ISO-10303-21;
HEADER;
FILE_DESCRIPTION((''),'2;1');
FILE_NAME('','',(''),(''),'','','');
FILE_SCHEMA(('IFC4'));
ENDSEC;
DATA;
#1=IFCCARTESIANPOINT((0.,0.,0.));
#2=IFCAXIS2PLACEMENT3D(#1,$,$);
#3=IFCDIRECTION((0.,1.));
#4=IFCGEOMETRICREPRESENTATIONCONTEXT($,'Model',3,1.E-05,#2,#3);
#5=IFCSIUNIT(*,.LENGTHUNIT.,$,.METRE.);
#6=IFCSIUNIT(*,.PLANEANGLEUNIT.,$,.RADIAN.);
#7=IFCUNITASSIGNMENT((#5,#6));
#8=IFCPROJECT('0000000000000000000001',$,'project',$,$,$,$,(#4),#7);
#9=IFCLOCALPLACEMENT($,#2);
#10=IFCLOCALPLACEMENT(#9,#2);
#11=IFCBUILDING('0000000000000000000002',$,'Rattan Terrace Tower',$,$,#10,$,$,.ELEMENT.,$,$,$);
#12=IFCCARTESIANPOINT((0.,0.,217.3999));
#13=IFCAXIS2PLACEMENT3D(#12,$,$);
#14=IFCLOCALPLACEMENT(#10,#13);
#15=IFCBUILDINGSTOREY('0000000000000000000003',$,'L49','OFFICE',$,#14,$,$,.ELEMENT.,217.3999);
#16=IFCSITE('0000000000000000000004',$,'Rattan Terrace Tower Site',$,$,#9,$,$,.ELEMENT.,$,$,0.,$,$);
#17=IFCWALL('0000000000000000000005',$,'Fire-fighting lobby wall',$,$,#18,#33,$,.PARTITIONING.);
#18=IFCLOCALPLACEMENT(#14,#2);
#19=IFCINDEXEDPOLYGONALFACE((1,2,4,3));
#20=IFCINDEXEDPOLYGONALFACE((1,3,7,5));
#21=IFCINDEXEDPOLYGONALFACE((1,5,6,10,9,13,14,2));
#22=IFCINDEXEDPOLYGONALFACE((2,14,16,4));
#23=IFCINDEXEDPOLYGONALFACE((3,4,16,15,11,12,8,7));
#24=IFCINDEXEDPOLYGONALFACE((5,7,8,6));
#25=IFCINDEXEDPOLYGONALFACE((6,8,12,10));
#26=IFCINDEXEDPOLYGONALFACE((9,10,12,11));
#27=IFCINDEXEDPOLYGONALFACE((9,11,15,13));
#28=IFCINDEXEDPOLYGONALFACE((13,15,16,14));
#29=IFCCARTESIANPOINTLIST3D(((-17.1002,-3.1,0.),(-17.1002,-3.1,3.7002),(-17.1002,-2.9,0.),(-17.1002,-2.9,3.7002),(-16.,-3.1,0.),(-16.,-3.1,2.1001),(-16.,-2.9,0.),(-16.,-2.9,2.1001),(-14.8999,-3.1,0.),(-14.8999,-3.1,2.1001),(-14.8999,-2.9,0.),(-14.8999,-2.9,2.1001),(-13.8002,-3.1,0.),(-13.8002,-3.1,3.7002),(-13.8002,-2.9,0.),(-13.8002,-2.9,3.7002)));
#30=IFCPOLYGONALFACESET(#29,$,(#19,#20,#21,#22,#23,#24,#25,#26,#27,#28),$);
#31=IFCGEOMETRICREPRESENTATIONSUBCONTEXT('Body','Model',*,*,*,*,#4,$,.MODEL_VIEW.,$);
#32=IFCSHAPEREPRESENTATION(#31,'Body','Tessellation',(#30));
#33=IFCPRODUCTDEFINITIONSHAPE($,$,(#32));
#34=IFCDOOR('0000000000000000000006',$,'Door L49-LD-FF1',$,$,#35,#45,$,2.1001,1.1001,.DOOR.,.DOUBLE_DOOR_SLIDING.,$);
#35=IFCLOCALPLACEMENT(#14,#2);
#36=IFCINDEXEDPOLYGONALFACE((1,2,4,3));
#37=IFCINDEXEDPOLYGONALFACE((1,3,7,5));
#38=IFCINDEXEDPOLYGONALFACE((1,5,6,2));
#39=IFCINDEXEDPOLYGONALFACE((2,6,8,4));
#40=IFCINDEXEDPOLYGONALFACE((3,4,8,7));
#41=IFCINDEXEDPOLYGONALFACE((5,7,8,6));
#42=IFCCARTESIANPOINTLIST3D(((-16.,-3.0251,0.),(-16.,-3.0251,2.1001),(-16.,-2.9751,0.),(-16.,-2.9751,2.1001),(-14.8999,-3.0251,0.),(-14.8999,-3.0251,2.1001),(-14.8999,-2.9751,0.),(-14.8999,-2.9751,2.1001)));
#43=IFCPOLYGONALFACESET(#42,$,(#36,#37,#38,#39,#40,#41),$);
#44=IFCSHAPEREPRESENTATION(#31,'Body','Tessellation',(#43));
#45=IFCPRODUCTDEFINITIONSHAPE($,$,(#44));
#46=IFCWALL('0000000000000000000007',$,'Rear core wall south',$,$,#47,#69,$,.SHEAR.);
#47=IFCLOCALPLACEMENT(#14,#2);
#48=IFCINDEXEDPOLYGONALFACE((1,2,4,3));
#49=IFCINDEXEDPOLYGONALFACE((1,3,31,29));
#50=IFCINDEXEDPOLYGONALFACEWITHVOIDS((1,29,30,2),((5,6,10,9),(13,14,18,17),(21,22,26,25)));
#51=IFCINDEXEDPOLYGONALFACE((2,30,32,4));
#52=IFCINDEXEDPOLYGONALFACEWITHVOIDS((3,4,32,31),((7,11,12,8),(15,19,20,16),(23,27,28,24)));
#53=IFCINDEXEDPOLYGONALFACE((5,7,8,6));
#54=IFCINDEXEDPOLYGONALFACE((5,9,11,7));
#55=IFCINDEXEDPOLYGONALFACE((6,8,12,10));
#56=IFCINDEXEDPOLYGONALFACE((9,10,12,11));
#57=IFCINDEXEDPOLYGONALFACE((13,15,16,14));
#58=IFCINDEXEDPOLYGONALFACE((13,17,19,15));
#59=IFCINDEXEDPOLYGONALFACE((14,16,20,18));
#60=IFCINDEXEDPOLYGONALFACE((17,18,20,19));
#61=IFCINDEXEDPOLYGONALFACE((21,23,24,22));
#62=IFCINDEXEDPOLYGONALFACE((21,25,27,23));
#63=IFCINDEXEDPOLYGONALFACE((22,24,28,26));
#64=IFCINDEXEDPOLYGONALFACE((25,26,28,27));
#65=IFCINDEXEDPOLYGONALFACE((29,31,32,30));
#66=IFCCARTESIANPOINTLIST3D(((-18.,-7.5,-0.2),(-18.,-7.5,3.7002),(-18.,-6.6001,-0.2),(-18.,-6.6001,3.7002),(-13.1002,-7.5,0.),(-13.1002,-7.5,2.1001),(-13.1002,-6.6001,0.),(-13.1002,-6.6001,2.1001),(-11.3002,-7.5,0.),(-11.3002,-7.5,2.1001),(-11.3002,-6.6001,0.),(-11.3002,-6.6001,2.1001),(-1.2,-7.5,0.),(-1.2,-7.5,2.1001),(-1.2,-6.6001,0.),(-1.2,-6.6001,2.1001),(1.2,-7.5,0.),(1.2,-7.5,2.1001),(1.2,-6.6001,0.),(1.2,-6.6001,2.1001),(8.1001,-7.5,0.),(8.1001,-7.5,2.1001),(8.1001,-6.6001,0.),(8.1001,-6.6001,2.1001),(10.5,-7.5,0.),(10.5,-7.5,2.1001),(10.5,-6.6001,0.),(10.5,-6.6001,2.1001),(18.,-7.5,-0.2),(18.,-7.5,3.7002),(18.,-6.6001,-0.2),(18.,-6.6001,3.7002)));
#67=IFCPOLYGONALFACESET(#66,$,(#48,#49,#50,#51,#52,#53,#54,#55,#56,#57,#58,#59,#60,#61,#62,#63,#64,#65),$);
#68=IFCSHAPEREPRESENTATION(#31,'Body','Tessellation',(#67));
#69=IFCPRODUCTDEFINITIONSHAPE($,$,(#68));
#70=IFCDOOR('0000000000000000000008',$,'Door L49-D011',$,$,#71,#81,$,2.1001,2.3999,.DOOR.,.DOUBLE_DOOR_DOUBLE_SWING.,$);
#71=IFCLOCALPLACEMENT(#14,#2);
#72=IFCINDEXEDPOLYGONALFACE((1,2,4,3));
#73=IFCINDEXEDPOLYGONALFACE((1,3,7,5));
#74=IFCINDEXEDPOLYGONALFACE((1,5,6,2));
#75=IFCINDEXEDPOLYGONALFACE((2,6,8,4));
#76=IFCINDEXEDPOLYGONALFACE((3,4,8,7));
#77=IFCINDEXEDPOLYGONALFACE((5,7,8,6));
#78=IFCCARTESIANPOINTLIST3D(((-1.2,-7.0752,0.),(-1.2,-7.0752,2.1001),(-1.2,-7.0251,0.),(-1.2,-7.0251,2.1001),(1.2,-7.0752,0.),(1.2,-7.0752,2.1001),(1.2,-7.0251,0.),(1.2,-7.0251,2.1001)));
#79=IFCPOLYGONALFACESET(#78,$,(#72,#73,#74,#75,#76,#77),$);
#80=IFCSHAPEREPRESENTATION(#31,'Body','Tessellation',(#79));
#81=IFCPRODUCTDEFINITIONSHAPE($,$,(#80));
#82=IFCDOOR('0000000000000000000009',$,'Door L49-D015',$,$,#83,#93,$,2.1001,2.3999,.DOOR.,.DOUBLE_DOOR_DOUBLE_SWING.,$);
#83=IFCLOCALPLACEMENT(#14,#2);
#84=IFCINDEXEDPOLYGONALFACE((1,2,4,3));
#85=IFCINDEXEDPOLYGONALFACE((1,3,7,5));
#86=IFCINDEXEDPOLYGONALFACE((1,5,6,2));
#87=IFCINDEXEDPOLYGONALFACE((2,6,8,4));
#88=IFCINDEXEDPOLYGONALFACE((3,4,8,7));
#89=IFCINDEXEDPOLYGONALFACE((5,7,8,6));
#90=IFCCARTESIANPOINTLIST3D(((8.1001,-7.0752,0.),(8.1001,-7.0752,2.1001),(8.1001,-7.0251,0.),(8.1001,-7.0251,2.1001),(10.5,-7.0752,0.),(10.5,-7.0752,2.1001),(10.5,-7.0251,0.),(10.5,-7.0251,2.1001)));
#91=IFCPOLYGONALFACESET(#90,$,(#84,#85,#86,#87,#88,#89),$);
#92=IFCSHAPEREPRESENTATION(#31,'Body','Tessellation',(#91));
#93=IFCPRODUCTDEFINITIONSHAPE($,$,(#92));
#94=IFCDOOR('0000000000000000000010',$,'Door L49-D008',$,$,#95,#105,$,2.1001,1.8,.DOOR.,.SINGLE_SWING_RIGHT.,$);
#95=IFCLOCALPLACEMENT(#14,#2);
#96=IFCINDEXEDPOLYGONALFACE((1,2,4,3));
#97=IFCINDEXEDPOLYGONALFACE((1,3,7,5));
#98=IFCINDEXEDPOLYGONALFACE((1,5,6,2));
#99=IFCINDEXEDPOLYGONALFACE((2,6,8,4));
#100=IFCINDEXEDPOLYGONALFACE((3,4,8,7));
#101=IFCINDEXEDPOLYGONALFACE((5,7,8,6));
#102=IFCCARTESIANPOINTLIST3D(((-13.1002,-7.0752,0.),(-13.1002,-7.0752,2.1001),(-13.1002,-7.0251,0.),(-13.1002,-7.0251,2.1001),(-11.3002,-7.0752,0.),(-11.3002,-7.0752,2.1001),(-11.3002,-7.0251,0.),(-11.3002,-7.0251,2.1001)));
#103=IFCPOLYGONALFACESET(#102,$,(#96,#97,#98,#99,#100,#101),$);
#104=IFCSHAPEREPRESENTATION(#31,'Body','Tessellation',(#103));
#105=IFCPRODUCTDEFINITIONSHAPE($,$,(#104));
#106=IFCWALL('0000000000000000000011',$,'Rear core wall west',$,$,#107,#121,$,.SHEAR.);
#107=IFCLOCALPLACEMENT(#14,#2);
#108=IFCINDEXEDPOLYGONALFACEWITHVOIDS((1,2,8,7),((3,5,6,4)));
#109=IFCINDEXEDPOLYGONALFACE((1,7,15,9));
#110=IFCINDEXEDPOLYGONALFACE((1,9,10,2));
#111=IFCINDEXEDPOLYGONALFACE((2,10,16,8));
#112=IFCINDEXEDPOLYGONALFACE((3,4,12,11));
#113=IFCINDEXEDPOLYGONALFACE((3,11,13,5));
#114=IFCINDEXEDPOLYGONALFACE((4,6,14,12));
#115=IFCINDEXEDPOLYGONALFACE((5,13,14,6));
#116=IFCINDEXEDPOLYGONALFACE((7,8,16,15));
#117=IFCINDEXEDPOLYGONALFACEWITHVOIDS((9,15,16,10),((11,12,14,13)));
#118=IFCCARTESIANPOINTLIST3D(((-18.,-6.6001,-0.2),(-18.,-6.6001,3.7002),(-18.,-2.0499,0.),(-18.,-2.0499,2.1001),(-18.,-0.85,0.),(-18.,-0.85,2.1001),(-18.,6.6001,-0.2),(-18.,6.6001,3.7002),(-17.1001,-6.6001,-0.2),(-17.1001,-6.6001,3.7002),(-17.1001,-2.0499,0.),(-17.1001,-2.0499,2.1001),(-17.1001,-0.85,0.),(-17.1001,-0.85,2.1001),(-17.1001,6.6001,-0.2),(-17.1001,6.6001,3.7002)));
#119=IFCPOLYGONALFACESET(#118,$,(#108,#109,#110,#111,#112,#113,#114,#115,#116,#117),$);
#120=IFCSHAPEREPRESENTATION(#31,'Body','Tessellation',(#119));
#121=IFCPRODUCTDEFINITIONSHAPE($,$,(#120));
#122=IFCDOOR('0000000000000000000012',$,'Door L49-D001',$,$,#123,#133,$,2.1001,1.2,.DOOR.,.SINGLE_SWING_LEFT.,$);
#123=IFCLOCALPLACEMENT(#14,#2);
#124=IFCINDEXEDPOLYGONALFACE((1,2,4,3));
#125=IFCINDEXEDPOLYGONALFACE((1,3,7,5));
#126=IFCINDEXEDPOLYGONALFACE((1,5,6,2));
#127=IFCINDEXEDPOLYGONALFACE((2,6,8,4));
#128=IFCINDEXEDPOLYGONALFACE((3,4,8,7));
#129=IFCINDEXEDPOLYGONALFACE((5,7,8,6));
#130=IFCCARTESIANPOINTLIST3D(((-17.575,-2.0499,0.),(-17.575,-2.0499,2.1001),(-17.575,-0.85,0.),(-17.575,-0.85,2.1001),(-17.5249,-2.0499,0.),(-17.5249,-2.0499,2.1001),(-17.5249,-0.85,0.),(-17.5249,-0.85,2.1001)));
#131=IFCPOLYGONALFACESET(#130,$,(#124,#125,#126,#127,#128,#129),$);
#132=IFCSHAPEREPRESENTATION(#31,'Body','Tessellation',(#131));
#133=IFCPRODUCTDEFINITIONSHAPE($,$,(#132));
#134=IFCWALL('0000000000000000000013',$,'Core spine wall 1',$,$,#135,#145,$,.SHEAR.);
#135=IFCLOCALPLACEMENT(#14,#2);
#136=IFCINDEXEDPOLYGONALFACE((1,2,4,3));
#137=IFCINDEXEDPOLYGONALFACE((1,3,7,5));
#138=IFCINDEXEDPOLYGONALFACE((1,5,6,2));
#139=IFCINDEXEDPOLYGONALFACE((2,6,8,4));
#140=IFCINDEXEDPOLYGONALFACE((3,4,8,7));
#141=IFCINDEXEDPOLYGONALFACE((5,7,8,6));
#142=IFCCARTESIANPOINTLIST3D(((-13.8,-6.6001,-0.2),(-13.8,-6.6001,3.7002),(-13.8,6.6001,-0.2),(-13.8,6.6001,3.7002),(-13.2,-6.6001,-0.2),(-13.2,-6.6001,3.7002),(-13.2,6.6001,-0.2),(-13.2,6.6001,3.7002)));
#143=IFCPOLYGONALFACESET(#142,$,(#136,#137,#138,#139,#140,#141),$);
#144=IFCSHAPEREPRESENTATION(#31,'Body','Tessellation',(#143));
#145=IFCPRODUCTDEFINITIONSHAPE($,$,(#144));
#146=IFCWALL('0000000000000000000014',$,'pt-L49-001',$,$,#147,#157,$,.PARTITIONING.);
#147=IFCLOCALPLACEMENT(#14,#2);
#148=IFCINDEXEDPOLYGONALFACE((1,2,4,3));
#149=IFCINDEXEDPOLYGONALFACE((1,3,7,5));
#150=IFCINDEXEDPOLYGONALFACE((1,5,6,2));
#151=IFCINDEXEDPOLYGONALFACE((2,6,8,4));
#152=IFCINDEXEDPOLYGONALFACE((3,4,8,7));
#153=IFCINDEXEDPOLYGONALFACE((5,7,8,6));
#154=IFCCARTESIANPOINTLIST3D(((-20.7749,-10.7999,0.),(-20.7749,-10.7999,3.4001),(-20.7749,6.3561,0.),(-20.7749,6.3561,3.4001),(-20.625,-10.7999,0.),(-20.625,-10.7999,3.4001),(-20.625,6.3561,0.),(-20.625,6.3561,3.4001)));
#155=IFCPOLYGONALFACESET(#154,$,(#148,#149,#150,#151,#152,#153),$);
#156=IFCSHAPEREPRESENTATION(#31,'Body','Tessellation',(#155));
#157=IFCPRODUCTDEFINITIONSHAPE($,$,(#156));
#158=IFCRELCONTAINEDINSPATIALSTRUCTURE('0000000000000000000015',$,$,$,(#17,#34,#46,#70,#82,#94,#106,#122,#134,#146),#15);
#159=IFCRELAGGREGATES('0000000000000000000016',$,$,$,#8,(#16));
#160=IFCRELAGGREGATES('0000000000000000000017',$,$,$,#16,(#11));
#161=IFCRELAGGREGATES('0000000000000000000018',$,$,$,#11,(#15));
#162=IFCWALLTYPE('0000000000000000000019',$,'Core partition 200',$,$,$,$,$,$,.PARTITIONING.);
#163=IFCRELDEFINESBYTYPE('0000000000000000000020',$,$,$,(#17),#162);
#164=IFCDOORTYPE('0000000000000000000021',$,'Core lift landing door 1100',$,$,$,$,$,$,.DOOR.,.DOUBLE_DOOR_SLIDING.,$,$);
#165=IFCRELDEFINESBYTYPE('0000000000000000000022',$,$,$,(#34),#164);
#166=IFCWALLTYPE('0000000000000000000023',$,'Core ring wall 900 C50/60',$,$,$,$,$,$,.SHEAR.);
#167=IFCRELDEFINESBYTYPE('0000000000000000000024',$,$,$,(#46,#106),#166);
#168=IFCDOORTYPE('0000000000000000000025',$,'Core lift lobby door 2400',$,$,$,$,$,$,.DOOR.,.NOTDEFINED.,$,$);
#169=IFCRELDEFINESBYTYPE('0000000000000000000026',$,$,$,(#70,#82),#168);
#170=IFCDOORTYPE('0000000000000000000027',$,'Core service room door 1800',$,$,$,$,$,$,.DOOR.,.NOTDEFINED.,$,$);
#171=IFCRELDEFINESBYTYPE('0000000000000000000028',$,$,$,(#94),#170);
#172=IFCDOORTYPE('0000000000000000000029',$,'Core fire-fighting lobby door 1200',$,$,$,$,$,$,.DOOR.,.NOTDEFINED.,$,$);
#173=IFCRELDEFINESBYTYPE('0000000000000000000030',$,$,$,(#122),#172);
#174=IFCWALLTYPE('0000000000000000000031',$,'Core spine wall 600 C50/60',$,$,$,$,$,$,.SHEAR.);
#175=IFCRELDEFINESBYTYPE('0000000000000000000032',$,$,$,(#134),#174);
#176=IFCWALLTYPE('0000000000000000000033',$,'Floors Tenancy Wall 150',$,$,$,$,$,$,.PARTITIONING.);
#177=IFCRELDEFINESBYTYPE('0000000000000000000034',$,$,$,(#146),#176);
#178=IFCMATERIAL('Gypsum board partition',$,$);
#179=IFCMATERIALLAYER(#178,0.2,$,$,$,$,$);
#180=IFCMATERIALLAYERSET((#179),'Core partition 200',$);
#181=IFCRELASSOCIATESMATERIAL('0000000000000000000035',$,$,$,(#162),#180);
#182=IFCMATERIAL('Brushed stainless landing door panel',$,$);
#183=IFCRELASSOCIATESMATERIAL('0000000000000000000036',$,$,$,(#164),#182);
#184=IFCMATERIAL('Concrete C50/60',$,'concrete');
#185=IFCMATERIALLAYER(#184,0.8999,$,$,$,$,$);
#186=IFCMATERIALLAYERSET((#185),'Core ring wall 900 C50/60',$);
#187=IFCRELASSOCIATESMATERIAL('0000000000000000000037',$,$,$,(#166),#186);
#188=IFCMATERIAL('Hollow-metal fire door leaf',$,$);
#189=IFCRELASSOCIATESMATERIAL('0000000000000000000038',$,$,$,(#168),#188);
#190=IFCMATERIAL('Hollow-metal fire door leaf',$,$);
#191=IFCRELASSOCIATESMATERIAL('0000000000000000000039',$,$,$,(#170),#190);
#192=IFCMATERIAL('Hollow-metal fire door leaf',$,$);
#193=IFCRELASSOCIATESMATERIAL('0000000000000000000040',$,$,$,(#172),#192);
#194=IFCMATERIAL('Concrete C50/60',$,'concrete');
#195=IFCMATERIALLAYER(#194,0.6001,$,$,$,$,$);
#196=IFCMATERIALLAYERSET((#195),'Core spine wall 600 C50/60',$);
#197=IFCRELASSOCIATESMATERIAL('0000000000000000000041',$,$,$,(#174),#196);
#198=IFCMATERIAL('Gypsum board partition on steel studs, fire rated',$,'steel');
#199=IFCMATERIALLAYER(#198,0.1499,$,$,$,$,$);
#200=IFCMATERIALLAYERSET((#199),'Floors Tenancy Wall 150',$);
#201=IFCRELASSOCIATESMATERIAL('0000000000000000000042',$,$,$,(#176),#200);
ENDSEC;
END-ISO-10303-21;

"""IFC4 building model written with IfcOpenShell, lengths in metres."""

from ifc_helpers import new_model, si_unit, direction, frame, frame_2d, origin, place, context, subcontext, project, spatial, rectangle, extrude, material, layer, layer_set, type_object, element, fill, save


model = new_model("IFC4")

# Units and contexts
model_context = context("Model", 3, precision=1e-05, world=origin(), true_north=direction((0.0, 1.0)))
body_context = subcontext(model_context, "Body", "Model", "MODEL_VIEW")
ifc_project = project(units=[si_unit("LENGTHUNIT", "METRE"), si_unit("PLANEANGLEUNIT", "RADIAN")], contexts=[model_context])

# Site, building, storey
site_placement = place(None, origin())
site = spatial("IfcSite", under=ifc_project, at=site_placement, Name="Rattan Terrace Tower Site", CompositionType="ELEMENT", RefElevation=0.0)
building_placement = place(site_placement, origin())
building = spatial("IfcBuilding", under=site, at=building_placement, Name="Rattan Terrace Tower", CompositionType="ELEMENT")
storey_placement = place(building_placement, frame((0.0, 0.0, 217.3999)))
storey = spatial("IfcBuildingStorey", under=building, at=storey_placement, Name="L49", Description="OFFICE", CompositionType="ELEMENT", Elevation=217.3999)

# Wall, opening, door
ifc_material_1 = material(Name="Gypsum board partition")
ifc_layer_1 = layer(ifc_material_1, 0.2)
ifc_layer_set_1 = layer_set([ifc_layer_1], Name="Core partition 200")
wall_type_1 = type_object("IfcWallType", Name="Core partition 200", PredefinedType="PARTITIONING", material=ifc_layer_set_1)
wall_1_placement = place(storey_placement, frame((-17.1001, -3.0, 0.0), z_axis=(0.0, 0.0, 1.0), x_axis=(1.0, 0.0, 0.0)))
wall_1 = element("IfcWall", 1, at=wall_1_placement, inside=storey, type_object=wall_type_1, Name="Fire-fighting lobby wall", PredefinedType="PARTITIONING", context=body_context, shape_type="SweptSolid", body=[
    extrude(rectangle(XDim=3.3, YDim=0.2, at=frame_2d((1.6499, 0.0))), origin(), (0.0, 0.0, 1.0), 3.7002),
])
opening_1_placement = place(wall_1_placement, frame((1.1001, 0.0, 0.0)))
opening_1 = element("IfcOpeningElement", 2, at=opening_1_placement, cuts=wall_1, PredefinedType="OPENING", context=body_context, shape_type="SweptSolid", body=[
    extrude(rectangle(XDim=1.1001, YDim=2.1001, at=frame_2d((0.55, 1.05))), frame((0.0, 0.1106, 0.0), z_axis=(0.0, -1.0, 0.0), x_axis=(1.0, 0.0, 0.0)), (0.0, 0.0, 1.0), 0.2209),
])
ifc_material_2 = material(Name="Brushed stainless landing door panel")
door_type_1 = type_object("IfcDoorType", Name="Core lift landing door 1100", OperationType="DOUBLE_DOOR_SLIDING", PredefinedType="DOOR", material=ifc_material_2)
door_1_placement = place(opening_1_placement, origin())
door_1 = element("IfcDoor", 3, at=door_1_placement, inside=storey, type_object=door_type_1, Name="Door L49-LD-FF1", OperationType="DOUBLE_DOOR_SLIDING", OverallHeight=2.1001, OverallWidth=1.1001, PredefinedType="DOOR", context=body_context, shape_type="SweptSolid", body=[
    extrude(rectangle(XDim=1.1001, YDim=2.1001, at=frame_2d((0.55, 1.05))), frame((0.0, 0.0249, 0.0), z_axis=(0.0, -1.0, 0.0), x_axis=(1.0, 0.0, 0.0)), (0.0, 0.0, 1.0), 0.05),
])
fill(opening_1, door_1)

# Wall, openings, doors
ifc_material_3 = material(Name="Concrete C50/60", Category="concrete")
ifc_layer_2 = layer(ifc_material_3, 0.8999)
ifc_layer_set_2 = layer_set([ifc_layer_2], Name="Core ring wall 900 C50/60")
wall_type_2 = type_object("IfcWallType", Name="Core ring wall 900 C50/60", PredefinedType="SHEAR", material=ifc_layer_set_2)
wall_2_placement = place(storey_placement, frame((-18.0, -7.05, -0.2), z_axis=(0.0, 0.0, 1.0), x_axis=(1.0, 0.0, 0.0)))
wall_2 = element("IfcWall", 4, at=wall_2_placement, inside=storey, type_object=wall_type_2, Name="Rear core wall south", PredefinedType="SHEAR", context=body_context, shape_type="SweptSolid", body=[
    extrude(rectangle(XDim=36.0, YDim=0.8999, at=frame_2d((18.0, 0.0))), origin(), (0.0, 0.0, 1.0), 3.9001),
])
opening_2_placement = place(wall_2_placement, frame((4.8999, 0.0, 0.2)))
opening_2 = element("IfcOpeningElement", 5, at=opening_2_placement, cuts=wall_2, PredefinedType="OPENING", context=body_context, shape_type="SweptSolid", body=[
    extrude(rectangle(XDim=1.8, YDim=2.1001, at=frame_2d((0.8999, 1.05))), frame((0.0, 0.4604, 0.0), z_axis=(0.0, -1.0, 0.0), x_axis=(1.0, 0.0, 0.0)), (0.0, 0.0, 1.0), 0.9209),
])
opening_3_placement = place(wall_2_placement, frame((16.8, 0.0, 0.2)))
opening_3 = element("IfcOpeningElement", 6, at=opening_3_placement, cuts=wall_2, PredefinedType="OPENING", context=body_context, shape_type="SweptSolid", body=[
    extrude(rectangle(XDim=2.3999, YDim=2.1001, at=frame_2d((1.2, 1.05))), frame((0.0, 0.4604, 0.0), z_axis=(0.0, -1.0, 0.0), x_axis=(1.0, 0.0, 0.0)), (0.0, 0.0, 1.0), 0.9209),
])
opening_4_placement = place(wall_2_placement, frame((26.1001, 0.0, 0.2)))
opening_4 = element("IfcOpeningElement", 7, at=opening_4_placement, cuts=wall_2, PredefinedType="OPENING", context=body_context, shape_type="SweptSolid", body=[
    extrude(rectangle(XDim=2.3999, YDim=2.1001, at=frame_2d((1.2, 1.05))), frame((0.0, 0.4604, 0.0), z_axis=(0.0, -1.0, 0.0), x_axis=(1.0, 0.0, 0.0)), (0.0, 0.0, 1.0), 0.9209),
])
ifc_material_4 = material(Name="Hollow-metal fire door leaf")
door_type_2 = type_object("IfcDoorType", Name="Core lift lobby door 2400", OperationType="NOTDEFINED", PredefinedType="DOOR", material=ifc_material_4)
door_2_placement = place(opening_3_placement, origin())
door_2 = element("IfcDoor", 8, at=door_2_placement, inside=storey, type_object=door_type_2, Name="Door L49-D011", OperationType="DOUBLE_DOOR_DOUBLE_SWING", OverallHeight=2.1001, OverallWidth=2.3999, PredefinedType="DOOR", context=body_context, shape_type="SweptSolid", body=[
    extrude(rectangle(XDim=2.3999, YDim=2.1001, at=frame_2d((1.2, 1.05))), frame((0.0, 0.0249, 0.0), z_axis=(0.0, -1.0, 0.0), x_axis=(1.0, 0.0, 0.0)), (0.0, 0.0, 1.0), 0.05),
])
fill(opening_3, door_2)
door_3_placement = place(opening_4_placement, origin())
door_3 = element("IfcDoor", 9, at=door_3_placement, inside=storey, type_object=door_type_2, Name="Door L49-D015", OperationType="DOUBLE_DOOR_DOUBLE_SWING", OverallHeight=2.1001, OverallWidth=2.3999, PredefinedType="DOOR", context=body_context, shape_type="SweptSolid", body=[
    extrude(rectangle(XDim=2.3999, YDim=2.1001, at=frame_2d((1.2, 1.05))), frame((0.0, 0.0249, 0.0), z_axis=(0.0, -1.0, 0.0), x_axis=(1.0, 0.0, 0.0)), (0.0, 0.0, 1.0), 0.05),
])
fill(opening_4, door_3)
ifc_material_5 = material(Name="Hollow-metal fire door leaf")
door_type_3 = type_object("IfcDoorType", Name="Core service room door 1800", OperationType="NOTDEFINED", PredefinedType="DOOR", material=ifc_material_5)
door_4_placement = place(opening_2_placement, origin())
door_4 = element("IfcDoor", 10, at=door_4_placement, inside=storey, type_object=door_type_3, Name="Door L49-D008", OperationType="SINGLE_SWING_RIGHT", OverallHeight=2.1001, OverallWidth=1.8, PredefinedType="DOOR", context=body_context, shape_type="SweptSolid", body=[
    extrude(rectangle(XDim=1.8, YDim=2.1001, at=frame_2d((0.8999, 1.05))), frame((0.0, 0.0249, 0.0), z_axis=(0.0, -1.0, 0.0), x_axis=(1.0, 0.0, 0.0)), (0.0, 0.0, 1.0), 0.05),
])
fill(opening_2, door_4)

# Wall, opening, door
wall_3_placement = place(storey_placement, frame((-17.55, -6.6001, -0.2), z_axis=(0.0, 0.0, 1.0), x_axis=(0.0, 1.0, 0.0)))
wall_3 = element("IfcWall", 11, at=wall_3_placement, inside=storey, type_object=wall_type_2, Name="Rear core wall west", PredefinedType="SHEAR", context=body_context, shape_type="SweptSolid", body=[
    extrude(rectangle(XDim=13.2002, YDim=0.8999, at=frame_2d((6.6001, 0.0))), origin(), (0.0, 0.0, 1.0), 3.9001),
])
opening_5_placement = place(wall_3_placement, frame((4.55, 0.0, 0.2)))
opening_5 = element("IfcOpeningElement", 12, at=opening_5_placement, cuts=wall_3, PredefinedType="OPENING", context=body_context, shape_type="SweptSolid", body=[
    extrude(rectangle(XDim=1.2, YDim=2.1001, at=frame_2d((0.6001, 1.05))), frame((0.0, 0.4604, 0.0), z_axis=(0.0, -1.0, 0.0), x_axis=(1.0, 0.0, 0.0)), (0.0, 0.0, 1.0), 0.9209),
])
ifc_material_6 = material(Name="Hollow-metal fire door leaf")
door_type_4 = type_object("IfcDoorType", Name="Core fire-fighting lobby door 1200", OperationType="NOTDEFINED", PredefinedType="DOOR", material=ifc_material_6)
door_5_placement = place(opening_5_placement, origin())
door_5 = element("IfcDoor", 13, at=door_5_placement, inside=storey, type_object=door_type_4, Name="Door L49-D001", OperationType="SINGLE_SWING_LEFT", OverallHeight=2.1001, OverallWidth=1.2, PredefinedType="DOOR", context=body_context, shape_type="SweptSolid", body=[
    extrude(rectangle(XDim=1.2, YDim=2.1001, at=frame_2d((0.6001, 1.05))), frame((0.0, 0.0249, 0.0), z_axis=(0.0, -1.0, 0.0), x_axis=(1.0, 0.0, 0.0)), (0.0, 0.0, 1.0), 0.05),
])
fill(opening_5, door_5)

# Walls
ifc_material_7 = material(Name="Concrete C50/60", Category="concrete")
ifc_layer_3 = layer(ifc_material_7, 0.6001)
ifc_layer_set_3 = layer_set([ifc_layer_3], Name="Core spine wall 600 C50/60")
wall_type_3 = type_object("IfcWallType", Name="Core spine wall 600 C50/60", PredefinedType="SHEAR", material=ifc_layer_set_3)
wall_4_placement = place(storey_placement, frame((-13.5, -6.6001, -0.2), z_axis=(0.0, 0.0, 1.0), x_axis=(0.0, 1.0, 0.0)))
element("IfcWall", 14, at=wall_4_placement, inside=storey, type_object=wall_type_3, Name="Core spine wall 1", PredefinedType="SHEAR", context=body_context, shape_type="SweptSolid", body=[
    extrude(rectangle(XDim=13.2002, YDim=0.6001, at=frame_2d((6.6001, 0.0))), origin(), (0.0, 0.0, 1.0), 3.9001),
])
ifc_material_8 = material(Name="Gypsum board partition on steel studs, fire rated", Category="steel")
ifc_layer_4 = layer(ifc_material_8, 0.1499)
ifc_layer_set_4 = layer_set([ifc_layer_4], Name="Floors Tenancy Wall 150")
wall_type_4 = type_object("IfcWallType", Name="Floors Tenancy Wall 150", PredefinedType="PARTITIONING", material=ifc_layer_set_4)
wall_5_placement = place(storey_placement, frame((-20.7, -10.8, 0.0), z_axis=(0.0, 0.0, 1.0), x_axis=(0.0, 1.0, 0.0)))
element("IfcWall", 15, at=wall_5_placement, inside=storey, type_object=wall_type_4, Name="pt-L49-001", PredefinedType="PARTITIONING", context=body_context, shape_type="SweptSolid", body=[
    extrude(rectangle(XDim=17.156, YDim=0.1499, at=frame_2d((8.5781, 0.0))), origin(), (0.0, 0.0, 1.0), 3.4001),
])

save(model, "model.ifc")
